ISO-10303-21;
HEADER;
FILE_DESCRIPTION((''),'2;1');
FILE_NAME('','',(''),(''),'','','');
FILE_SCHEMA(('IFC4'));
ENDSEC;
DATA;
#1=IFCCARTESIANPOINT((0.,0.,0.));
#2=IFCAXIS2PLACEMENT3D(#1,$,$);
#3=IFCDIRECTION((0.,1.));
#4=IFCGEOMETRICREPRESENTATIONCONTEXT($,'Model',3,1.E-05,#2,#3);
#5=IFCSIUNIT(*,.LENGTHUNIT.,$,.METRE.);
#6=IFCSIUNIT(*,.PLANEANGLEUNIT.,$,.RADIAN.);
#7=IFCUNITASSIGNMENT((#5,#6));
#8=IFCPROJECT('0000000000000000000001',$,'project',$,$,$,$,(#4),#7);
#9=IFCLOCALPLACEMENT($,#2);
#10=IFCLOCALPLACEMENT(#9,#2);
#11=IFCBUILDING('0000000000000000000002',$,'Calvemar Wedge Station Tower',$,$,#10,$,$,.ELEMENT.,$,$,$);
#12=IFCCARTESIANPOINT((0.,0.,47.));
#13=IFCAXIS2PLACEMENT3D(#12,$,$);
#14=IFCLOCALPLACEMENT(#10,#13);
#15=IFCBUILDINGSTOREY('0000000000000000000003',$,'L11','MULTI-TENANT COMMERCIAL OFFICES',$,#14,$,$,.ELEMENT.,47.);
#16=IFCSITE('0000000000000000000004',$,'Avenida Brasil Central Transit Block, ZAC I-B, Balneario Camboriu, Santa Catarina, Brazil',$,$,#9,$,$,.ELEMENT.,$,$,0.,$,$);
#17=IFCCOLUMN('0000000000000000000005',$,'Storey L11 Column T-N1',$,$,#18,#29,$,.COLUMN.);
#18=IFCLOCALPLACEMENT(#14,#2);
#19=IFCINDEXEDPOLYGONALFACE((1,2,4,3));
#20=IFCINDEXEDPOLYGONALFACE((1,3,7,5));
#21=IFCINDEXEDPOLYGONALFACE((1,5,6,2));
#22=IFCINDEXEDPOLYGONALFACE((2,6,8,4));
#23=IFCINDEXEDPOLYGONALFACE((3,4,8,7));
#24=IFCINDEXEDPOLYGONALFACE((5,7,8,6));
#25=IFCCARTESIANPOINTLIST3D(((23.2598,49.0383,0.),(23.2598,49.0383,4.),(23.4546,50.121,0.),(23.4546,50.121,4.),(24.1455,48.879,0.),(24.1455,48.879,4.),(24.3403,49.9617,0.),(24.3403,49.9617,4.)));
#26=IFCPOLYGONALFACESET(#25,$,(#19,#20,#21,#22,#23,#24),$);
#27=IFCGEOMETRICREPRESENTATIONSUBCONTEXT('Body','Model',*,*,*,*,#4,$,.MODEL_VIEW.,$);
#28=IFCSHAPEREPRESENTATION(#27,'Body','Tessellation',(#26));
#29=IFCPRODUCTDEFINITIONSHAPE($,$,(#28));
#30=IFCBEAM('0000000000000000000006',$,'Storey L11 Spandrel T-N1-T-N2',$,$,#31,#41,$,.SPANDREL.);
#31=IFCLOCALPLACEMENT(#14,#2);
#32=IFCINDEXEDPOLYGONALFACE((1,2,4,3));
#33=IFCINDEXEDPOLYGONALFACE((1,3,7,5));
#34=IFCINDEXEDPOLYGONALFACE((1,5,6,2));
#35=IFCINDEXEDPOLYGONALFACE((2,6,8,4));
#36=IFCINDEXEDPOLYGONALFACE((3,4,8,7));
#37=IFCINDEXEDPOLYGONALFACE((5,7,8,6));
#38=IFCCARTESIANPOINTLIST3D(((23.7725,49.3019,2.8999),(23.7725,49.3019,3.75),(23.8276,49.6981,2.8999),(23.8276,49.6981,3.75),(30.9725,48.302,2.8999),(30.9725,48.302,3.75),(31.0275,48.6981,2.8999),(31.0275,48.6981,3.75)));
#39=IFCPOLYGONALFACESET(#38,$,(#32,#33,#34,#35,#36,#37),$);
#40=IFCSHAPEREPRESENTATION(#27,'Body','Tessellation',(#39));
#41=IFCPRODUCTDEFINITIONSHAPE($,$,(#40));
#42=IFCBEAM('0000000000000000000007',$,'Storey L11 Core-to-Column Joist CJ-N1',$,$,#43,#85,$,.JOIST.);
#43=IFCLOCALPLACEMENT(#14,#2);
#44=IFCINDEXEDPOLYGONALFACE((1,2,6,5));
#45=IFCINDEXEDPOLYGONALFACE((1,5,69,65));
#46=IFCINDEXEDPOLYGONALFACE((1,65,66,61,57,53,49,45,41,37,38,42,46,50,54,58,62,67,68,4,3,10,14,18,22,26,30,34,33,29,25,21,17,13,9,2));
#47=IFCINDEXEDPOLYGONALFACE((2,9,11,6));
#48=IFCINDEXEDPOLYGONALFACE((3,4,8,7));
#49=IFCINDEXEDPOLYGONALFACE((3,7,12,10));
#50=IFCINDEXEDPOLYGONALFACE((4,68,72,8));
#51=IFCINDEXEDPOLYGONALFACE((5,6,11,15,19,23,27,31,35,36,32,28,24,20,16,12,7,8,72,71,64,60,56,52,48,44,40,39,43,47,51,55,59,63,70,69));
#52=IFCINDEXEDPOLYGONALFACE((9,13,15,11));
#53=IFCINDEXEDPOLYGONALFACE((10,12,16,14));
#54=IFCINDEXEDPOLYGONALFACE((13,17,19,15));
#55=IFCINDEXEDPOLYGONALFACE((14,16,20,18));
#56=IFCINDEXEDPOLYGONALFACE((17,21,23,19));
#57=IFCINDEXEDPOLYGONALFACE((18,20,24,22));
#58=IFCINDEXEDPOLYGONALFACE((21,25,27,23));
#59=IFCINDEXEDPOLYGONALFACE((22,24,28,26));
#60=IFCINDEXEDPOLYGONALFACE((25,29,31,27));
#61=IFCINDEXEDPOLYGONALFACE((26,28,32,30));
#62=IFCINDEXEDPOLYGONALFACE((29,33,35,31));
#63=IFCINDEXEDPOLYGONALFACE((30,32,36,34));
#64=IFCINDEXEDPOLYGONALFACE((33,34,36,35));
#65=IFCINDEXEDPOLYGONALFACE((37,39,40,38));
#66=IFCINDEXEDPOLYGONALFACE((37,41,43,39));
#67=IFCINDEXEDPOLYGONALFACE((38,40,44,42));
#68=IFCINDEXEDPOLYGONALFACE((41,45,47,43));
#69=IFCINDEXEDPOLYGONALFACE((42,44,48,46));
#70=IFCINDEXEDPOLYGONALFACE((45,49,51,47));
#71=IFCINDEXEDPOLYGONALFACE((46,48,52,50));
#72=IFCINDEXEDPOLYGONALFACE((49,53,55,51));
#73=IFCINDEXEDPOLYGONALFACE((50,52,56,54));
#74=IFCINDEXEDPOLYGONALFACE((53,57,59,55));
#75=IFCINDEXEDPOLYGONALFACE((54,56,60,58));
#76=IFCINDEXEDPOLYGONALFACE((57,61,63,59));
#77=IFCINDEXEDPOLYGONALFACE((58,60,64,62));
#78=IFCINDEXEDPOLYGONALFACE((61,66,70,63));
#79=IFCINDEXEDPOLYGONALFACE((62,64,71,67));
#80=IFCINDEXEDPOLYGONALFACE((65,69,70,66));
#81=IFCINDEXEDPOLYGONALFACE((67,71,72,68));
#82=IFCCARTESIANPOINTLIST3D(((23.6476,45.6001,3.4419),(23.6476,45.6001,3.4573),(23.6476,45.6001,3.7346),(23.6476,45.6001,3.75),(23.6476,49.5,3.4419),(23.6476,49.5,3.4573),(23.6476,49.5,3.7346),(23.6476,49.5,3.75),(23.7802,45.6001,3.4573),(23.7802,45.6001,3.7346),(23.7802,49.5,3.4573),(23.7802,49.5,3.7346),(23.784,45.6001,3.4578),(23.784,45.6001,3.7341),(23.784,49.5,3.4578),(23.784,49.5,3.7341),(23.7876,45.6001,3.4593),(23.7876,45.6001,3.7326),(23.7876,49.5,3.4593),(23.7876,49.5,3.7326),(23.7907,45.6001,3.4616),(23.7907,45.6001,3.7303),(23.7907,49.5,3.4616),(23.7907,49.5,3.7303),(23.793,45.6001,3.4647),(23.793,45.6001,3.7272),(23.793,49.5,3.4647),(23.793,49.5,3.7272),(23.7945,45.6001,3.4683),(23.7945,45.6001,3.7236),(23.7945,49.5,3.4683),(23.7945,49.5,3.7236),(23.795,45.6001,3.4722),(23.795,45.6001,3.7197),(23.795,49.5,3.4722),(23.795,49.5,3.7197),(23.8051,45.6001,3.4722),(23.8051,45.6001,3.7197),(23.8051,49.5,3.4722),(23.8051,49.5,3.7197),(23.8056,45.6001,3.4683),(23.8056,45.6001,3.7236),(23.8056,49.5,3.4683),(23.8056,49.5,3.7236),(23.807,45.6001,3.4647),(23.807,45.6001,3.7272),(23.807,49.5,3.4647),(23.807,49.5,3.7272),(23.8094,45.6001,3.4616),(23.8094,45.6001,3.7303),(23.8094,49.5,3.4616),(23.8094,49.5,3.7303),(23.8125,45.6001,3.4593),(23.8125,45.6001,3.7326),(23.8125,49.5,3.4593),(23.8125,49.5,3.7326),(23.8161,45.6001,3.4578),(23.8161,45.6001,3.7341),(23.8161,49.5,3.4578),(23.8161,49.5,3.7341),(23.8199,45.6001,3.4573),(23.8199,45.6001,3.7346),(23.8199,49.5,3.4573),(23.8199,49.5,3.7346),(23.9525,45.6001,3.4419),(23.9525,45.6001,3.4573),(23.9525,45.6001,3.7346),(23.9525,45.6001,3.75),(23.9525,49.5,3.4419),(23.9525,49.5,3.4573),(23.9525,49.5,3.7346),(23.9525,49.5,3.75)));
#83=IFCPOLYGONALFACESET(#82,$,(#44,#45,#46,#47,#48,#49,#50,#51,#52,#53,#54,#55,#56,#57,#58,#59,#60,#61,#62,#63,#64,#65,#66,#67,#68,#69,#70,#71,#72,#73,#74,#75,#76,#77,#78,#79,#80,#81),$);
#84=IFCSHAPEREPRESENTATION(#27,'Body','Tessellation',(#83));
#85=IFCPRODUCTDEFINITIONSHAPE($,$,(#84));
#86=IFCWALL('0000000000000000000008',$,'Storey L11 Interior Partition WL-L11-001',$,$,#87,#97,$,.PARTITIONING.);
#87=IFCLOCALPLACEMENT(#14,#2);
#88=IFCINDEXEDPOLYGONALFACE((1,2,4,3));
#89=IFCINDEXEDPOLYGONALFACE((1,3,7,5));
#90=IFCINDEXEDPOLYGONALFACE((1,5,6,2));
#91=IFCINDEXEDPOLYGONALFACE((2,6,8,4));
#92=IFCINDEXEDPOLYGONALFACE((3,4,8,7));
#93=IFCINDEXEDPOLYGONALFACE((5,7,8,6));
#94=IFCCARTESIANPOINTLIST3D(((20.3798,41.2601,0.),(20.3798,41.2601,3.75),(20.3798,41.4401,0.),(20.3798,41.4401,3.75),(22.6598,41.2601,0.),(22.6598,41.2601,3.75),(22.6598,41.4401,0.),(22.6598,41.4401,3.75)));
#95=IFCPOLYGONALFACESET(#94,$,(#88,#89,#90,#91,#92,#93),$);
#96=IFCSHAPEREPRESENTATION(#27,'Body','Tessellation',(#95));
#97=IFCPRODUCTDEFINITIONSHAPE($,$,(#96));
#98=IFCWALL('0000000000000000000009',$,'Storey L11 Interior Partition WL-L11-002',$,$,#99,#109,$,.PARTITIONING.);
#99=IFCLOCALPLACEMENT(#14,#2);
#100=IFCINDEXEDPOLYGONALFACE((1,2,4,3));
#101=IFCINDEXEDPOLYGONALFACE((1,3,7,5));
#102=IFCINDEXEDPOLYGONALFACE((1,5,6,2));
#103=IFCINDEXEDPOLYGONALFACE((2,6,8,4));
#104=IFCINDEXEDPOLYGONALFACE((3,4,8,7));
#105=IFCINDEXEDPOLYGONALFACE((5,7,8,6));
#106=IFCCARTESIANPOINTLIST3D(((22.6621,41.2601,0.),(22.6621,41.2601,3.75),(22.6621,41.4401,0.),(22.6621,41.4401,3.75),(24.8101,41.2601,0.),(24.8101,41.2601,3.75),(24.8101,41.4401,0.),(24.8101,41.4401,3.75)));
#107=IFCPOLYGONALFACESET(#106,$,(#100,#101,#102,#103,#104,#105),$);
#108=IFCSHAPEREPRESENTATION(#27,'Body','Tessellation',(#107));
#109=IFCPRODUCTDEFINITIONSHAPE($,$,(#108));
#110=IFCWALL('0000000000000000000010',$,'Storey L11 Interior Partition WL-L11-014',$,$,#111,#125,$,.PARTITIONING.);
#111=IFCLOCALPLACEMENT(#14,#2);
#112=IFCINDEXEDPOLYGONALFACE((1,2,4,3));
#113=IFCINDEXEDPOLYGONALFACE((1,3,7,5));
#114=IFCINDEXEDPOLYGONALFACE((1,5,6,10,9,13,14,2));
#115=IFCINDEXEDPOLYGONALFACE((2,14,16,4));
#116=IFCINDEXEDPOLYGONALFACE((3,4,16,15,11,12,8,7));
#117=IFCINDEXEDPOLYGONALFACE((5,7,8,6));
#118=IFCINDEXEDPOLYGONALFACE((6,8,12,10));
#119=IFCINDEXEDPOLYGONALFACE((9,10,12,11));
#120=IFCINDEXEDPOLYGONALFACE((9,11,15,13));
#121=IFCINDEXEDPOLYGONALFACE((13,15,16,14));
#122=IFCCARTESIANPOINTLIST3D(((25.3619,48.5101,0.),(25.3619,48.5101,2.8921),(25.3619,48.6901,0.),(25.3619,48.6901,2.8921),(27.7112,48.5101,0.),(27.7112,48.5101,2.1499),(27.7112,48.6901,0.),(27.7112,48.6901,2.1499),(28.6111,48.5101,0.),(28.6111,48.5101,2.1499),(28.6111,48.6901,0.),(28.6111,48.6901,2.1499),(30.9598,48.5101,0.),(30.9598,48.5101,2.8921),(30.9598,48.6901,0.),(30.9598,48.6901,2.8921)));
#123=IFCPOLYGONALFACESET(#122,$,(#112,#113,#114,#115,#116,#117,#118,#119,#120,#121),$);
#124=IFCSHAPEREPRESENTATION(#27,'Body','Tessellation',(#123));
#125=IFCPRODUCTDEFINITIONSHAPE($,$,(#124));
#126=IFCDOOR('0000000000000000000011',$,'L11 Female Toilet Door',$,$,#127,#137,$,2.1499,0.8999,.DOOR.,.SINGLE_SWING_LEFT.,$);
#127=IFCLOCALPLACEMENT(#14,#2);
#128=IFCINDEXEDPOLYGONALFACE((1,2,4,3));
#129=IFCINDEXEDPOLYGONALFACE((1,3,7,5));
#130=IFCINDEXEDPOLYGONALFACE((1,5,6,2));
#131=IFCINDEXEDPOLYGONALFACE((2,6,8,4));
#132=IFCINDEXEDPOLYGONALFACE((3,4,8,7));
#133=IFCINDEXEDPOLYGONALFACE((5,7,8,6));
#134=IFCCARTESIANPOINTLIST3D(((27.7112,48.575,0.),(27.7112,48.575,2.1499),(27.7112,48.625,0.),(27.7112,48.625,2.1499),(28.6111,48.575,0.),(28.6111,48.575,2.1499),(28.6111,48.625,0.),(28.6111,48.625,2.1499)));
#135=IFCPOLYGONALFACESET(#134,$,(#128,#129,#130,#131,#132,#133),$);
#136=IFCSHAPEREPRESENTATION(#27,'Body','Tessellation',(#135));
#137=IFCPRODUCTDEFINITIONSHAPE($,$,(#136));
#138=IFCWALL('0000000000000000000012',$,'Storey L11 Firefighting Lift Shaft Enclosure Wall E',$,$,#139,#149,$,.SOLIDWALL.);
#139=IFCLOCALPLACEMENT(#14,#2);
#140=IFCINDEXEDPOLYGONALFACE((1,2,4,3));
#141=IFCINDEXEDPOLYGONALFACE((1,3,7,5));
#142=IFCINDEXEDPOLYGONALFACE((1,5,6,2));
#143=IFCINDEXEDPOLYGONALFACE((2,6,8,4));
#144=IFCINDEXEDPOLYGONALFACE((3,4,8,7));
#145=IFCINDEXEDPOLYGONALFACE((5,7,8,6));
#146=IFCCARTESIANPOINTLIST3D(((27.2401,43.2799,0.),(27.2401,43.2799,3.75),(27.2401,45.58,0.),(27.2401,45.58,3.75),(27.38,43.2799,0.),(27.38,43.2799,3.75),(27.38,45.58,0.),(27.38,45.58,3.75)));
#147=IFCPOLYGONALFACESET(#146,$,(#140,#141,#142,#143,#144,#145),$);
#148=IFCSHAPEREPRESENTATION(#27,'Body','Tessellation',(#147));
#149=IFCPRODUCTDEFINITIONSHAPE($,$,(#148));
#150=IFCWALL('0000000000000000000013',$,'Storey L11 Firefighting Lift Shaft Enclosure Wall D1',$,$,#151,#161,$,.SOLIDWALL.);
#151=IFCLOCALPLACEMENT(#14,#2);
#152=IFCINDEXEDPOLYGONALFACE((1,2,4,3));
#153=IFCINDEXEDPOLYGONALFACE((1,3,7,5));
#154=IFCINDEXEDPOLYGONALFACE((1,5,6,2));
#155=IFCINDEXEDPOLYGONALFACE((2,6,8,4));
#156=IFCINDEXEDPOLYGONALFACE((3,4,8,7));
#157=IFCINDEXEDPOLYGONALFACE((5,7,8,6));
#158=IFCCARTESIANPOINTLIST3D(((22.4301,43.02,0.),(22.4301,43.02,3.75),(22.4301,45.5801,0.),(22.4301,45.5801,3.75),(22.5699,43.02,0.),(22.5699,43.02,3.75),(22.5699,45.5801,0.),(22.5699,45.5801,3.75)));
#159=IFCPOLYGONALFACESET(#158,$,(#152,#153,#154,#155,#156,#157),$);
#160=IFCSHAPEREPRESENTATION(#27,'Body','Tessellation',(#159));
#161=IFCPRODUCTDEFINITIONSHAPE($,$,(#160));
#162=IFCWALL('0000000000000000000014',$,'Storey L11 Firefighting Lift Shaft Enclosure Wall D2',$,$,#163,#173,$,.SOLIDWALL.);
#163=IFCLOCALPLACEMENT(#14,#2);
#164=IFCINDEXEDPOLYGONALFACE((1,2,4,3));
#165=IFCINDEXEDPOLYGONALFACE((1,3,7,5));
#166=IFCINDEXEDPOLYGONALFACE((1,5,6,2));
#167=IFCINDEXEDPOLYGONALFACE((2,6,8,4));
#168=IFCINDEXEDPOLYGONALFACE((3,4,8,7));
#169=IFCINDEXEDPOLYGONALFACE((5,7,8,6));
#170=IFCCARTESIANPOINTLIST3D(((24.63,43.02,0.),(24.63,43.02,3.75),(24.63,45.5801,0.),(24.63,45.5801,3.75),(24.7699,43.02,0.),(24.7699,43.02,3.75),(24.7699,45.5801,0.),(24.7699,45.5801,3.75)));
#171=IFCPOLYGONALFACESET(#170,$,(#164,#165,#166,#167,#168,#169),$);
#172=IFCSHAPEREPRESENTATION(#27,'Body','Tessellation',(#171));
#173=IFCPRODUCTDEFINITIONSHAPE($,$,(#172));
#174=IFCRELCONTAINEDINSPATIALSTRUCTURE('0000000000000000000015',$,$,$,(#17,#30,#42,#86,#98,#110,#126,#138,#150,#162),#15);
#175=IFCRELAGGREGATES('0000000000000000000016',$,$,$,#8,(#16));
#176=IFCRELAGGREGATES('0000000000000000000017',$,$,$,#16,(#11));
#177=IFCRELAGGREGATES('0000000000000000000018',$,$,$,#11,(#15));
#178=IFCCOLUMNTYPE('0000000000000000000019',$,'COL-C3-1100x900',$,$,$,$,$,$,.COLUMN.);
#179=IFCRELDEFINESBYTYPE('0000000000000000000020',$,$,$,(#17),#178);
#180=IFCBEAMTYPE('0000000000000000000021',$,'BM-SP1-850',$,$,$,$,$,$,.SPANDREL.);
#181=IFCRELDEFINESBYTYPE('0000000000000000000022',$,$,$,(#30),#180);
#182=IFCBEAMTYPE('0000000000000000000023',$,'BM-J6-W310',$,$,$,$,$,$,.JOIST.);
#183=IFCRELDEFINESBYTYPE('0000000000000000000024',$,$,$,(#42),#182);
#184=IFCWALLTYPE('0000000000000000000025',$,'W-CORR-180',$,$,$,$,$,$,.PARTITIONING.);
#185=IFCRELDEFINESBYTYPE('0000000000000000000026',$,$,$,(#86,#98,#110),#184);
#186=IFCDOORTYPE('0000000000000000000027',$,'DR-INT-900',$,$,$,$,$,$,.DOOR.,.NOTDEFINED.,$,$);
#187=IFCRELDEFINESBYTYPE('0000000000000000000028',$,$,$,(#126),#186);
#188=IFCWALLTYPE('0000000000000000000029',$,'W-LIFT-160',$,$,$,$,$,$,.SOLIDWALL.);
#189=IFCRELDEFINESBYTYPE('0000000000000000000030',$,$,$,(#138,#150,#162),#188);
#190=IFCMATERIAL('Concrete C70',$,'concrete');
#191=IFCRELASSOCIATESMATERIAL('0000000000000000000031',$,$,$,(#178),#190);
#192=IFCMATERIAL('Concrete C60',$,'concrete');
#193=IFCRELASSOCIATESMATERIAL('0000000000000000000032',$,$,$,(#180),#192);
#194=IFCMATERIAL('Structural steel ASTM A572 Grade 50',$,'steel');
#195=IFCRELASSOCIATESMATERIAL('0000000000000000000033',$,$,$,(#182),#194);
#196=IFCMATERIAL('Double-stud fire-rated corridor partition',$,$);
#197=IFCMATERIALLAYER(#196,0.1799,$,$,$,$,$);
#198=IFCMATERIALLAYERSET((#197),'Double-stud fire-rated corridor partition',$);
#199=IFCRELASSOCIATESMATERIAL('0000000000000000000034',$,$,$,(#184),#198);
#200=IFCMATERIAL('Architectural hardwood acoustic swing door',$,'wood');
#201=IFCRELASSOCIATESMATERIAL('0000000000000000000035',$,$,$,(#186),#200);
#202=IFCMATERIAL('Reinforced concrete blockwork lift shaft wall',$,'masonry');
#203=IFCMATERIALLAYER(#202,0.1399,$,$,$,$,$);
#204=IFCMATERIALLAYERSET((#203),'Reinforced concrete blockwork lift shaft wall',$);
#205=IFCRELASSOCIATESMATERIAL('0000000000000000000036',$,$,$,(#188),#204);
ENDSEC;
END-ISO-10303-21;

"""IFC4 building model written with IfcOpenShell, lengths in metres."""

from ifc_helpers import new_model, si_unit, direction, frame, frame_2d, origin, origin_2d, place, context, subcontext, project, spatial, rectangle, i_section, extrude, source, transform, mapped, material, layer, layer_set, material_profile, profile_set, type_object, element, fill, save


model = new_model("IFC4")

# Units and contexts
model_context = context("Model", 3, precision=1e-05, world=origin(), true_north=direction((0.0, 1.0)))
body_context = subcontext(model_context, "Body", "Model", "MODEL_VIEW")
ifc_project = project(units=[si_unit("LENGTHUNIT", "METRE"), si_unit("PLANEANGLEUNIT", "RADIAN")], contexts=[model_context])

# Site, building, storey
site_placement = place(None, origin())
site = spatial("IfcSite", under=ifc_project, at=site_placement, Name="Avenida Brasil Central Transit Block, ZAC I-B, Balneario Camboriu, Santa Catarina, Brazil", CompositionType="ELEMENT", RefElevation=0.0)
building_placement = place(site_placement, origin())
building = spatial("IfcBuilding", under=site, at=building_placement, Name="Calvemar Wedge Station Tower", CompositionType="ELEMENT")
storey_placement = place(building_placement, frame((0.0, 0.0, 47.0)))
storey = spatial("IfcBuildingStorey", under=building, at=storey_placement, Name="L11", Description="MULTI-TENANT COMMERCIAL OFFICES", CompositionType="ELEMENT", Elevation=47.0)

# Column
ifc_material_1 = material(Name="Concrete C70", Category="concrete")
ifc_material_profile_1 = material_profile(ifc_material_1, rectangle(XDim=0.8999, YDim=1.1001, at=origin_2d()), Name="RC1100x900")
ifc_profile_set_1 = profile_set([ifc_material_profile_1], Name="Concrete C70")
column_type = type_object("IfcColumnType", Name="COL-C3-1100x900", PredefinedType="COLUMN", material=ifc_profile_set_1)
shared_shape_1 = source(origin(), body_context, "Body", "SweptSolid", [
    extrude(rectangle(XDim=0.8999, YDim=1.1001, at=origin_2d()), origin(), (0.0, 0.0, 1.0), 4.0),
])
column_placement = place(storey_placement, frame((23.8, 49.5, 0.0), z_axis=(0.0, 0.0, 1.0), x_axis=(0.984196, -0.177085, 0.0)))
element("IfcColumn", 1, at=column_placement, inside=storey, type_object=column_type, Name="Storey L11 Column T-N1", PredefinedType="COLUMN", context=body_context, shape_type="MappedRepresentation", body=[
    mapped(shared_shape_1, transform((0.0, 0.0, 0.0), scale=1.0)),
])

# Beams
ifc_material_2 = material(Name="Concrete C60", Category="concrete")
ifc_material_profile_2 = material_profile(ifc_material_2, rectangle(XDim=0.3999, YDim=0.8501, at=origin_2d()), Name="RC400x850")
ifc_profile_set_2 = profile_set([ifc_material_profile_2], Name="Concrete C60")
beam_type_1 = type_object("IfcBeamType", Name="BM-SP1-850", PredefinedType="SPANDREL", material=ifc_profile_set_2)
shared_shape_2 = source(origin(), body_context, "Body", "SweptSolid", [
    extrude(rectangle(XDim=0.3999, YDim=0.8501, at=origin_2d()), origin(), (0.0, 0.0, 1.0), 7.269),
])
beam_1_placement = place(storey_placement, frame((23.8, 49.5, 3.325), z_axis=(0.990492, -0.137569, 0.0), x_axis=(0.137569, 0.990492, 0.0)))
element("IfcBeam", 2, at=beam_1_placement, inside=storey, type_object=beam_type_1, Name="Storey L11 Spandrel T-N1-T-N2", PredefinedType="SPANDREL", context=body_context, shape_type="MappedRepresentation", body=[
    mapped(shared_shape_2, transform((0.0, 0.0, 0.0), scale=1.0)),
])
ifc_material_3 = material(Name="Structural steel ASTM A572 Grade 50", Category="steel")
ifc_material_profile_3 = material_profile(ifc_material_3, i_section(OverallWidth=0.3049, OverallDepth=0.3081, WebThickness=0.01, FlangeThickness=0.0154, FilletRadius=0.0149, at=origin_2d()), Name="W310x97")
ifc_profile_set_3 = profile_set([ifc_material_profile_3], Name="Structural steel ASTM A572 Grade 50")
beam_type_2 = type_object("IfcBeamType", Name="BM-J6-W310", PredefinedType="JOIST", material=ifc_profile_set_3)
shared_shape_3 = source(origin(), body_context, "Body", "SweptSolid", [
    extrude(i_section(OverallWidth=0.3049, OverallDepth=0.3081, WebThickness=0.01, FlangeThickness=0.0154, FilletRadius=0.0149, at=origin_2d()), origin(), (0.0, 0.0, 1.0), 3.8999),
])
beam_2_placement = place(storey_placement, frame((23.8, 45.6001, 3.5959), z_axis=(0.0, 1.0, 0.0), x_axis=(-1.0, 0.0, 0.0)))
element("IfcBeam", 3, at=beam_2_placement, inside=storey, type_object=beam_type_2, Name="Storey L11 Core-to-Column Joist CJ-N1", PredefinedType="JOIST", context=body_context, shape_type="MappedRepresentation", body=[
    mapped(shared_shape_3, transform((0.0, 0.0, 0.0), scale=1.0)),
])

# Walls
ifc_material_4 = material(Name="Double-stud fire-rated corridor partition")
ifc_layer_1 = layer(ifc_material_4, 0.1799)
ifc_layer_set_1 = layer_set([ifc_layer_1], Name="Double-stud fire-rated corridor partition")
wall_type_1 = type_object("IfcWallType", Name="W-CORR-180", PredefinedType="PARTITIONING", material=ifc_layer_set_1)
wall_1_placement = place(storey_placement, frame((22.6599, 41.3501, 0.0), z_axis=(0.0, 0.0, 1.0), x_axis=(-1.0, 0.0, 0.0)))
element("IfcWall", 4, at=wall_1_placement, inside=storey, type_object=wall_type_1, Name="Storey L11 Interior Partition WL-L11-001", PredefinedType="PARTITIONING", context=body_context, shape_type="SweptSolid", body=[
    extrude(rectangle(XDim=2.28, YDim=0.1799, at=frame_2d((1.1401, 0.0))), origin(), (0.0, 0.0, 1.0), 3.75),
])
wall_2_placement = place(storey_placement, frame((24.8101, 41.3501, 0.0), z_axis=(0.0, 0.0, 1.0), x_axis=(-1.0, 0.0, 0.0)))
element("IfcWall", 5, at=wall_2_placement, inside=storey, type_object=wall_type_1, Name="Storey L11 Interior Partition WL-L11-002", PredefinedType="PARTITIONING", context=body_context, shape_type="SweptSolid", body=[
    extrude(rectangle(XDim=2.1479, YDim=0.1799, at=frame_2d((1.074, 0.0))), origin(), (0.0, 0.0, 1.0), 3.75),
])

# Wall, opening, door
wall_3_placement = place(storey_placement, frame((25.3621, 48.6001, 0.0), z_axis=(0.0, 0.0, 1.0), x_axis=(1.0, 0.0, 0.0)))
wall_3 = element("IfcWall", 6, at=wall_3_placement, inside=storey, type_object=wall_type_1, Name="Storey L11 Interior Partition WL-L11-014", PredefinedType="PARTITIONING", context=body_context, shape_type="SweptSolid", body=[
    extrude(rectangle(XDim=5.5979, YDim=0.1799, at=frame_2d((2.7988, 0.0))), origin(), (0.0, 0.0, 1.0), 2.8921),
])
shared_shape_4 = source(origin(), body_context, "Body", "SweptSolid", [
    extrude(rectangle(XDim=0.8999, YDim=2.1499, at=frame_2d((0.45, 1.075))), frame((0.0, 0.1001, 0.0), z_axis=(0.0, -1.0, 0.0), x_axis=(1.0, 0.0, 0.0)), (0.0, 0.0, 1.0), 0.2),
])
opening_1_placement = place(wall_3_placement, frame((2.3491, 0.0, 0.0)))
opening_1 = element("IfcOpeningElement", 7, at=opening_1_placement, cuts=wall_3, PredefinedType="OPENING", context=body_context, shape_type="MappedRepresentation", body=[
    mapped(shared_shape_4, transform((0.0, 0.0, 0.0), scale=1.0)),
])
ifc_material_5 = material(Name="Architectural hardwood acoustic swing door", Category="wood")
door_type_1 = type_object("IfcDoorType", Name="DR-INT-900", OperationType="NOTDEFINED", PredefinedType="DOOR", material=ifc_material_5)
shared_shape_5 = source(origin(), body_context, "Body", "SweptSolid", [
    extrude(rectangle(XDim=0.8999, YDim=2.1499, at=frame_2d((0.45, 1.075))), frame((0.0, 0.0249, 0.0), z_axis=(0.0, -1.0, 0.0), x_axis=(1.0, 0.0, 0.0)), (0.0, 0.0, 1.0), 0.05),
])
door_1_placement = place(opening_1_placement, origin())
door_1 = element("IfcDoor", 8, at=door_1_placement, inside=storey, type_object=door_type_1, Name="L11 Female Toilet Door", OperationType="SINGLE_SWING_LEFT", OverallHeight=2.1499, OverallWidth=0.8999, PredefinedType="DOOR", context=body_context, shape_type="MappedRepresentation", body=[
    mapped(shared_shape_5, transform((0.0, 0.0, 0.0), scale=1.0)),
])
fill(opening_1, door_1)

# Walls
ifc_material_6 = material(Name="Reinforced concrete blockwork lift shaft wall", Category="masonry")
ifc_layer_2 = layer(ifc_material_6, 0.1399)
ifc_layer_set_2 = layer_set([ifc_layer_2], Name="Reinforced concrete blockwork lift shaft wall")
wall_type_2 = type_object("IfcWallType", Name="W-LIFT-160", PredefinedType="SOLIDWALL", material=ifc_layer_set_2)
wall_4_placement = place(storey_placement, frame((27.3101, 43.28, 0.0), z_axis=(0.0, 0.0, 1.0), x_axis=(0.0, 1.0, 0.0)))
element("IfcWall", 9, at=wall_4_placement, inside=storey, type_object=wall_type_2, Name="Storey L11 Firefighting Lift Shaft Enclosure Wall E", PredefinedType="SOLIDWALL", context=body_context, shape_type="SweptSolid", body=[
    extrude(rectangle(XDim=2.3, YDim=0.1399, at=frame_2d((1.1499, 0.0))), origin(), (0.0, 0.0, 1.0), 3.75),
])
for number, where, z_axis, x_axis, name in (
    (10, (22.5, 43.02, 0.0), (0.0, 0.0, 1.0), (0.0, 1.0, 0.0), "Storey L11 Firefighting Lift Shaft Enclosure Wall D1"),
    (11, (24.7, 43.02, 0.0), (0.0, 0.0, 1.0), (0.0, 1.0, 0.0), "Storey L11 Firefighting Lift Shaft Enclosure Wall D2"),
):
    element("IfcWall", number, at=place(storey_placement, frame(where, z_axis=z_axis, x_axis=x_axis)), inside=storey, type_object=wall_type_2, Name=name, PredefinedType="SOLIDWALL", context=body_context, shape_type="SweptSolid", body=[
        extrude(rectangle(XDim=2.5601, YDim=0.1399, at=frame_2d((1.28, 0.0))), origin(), (0.0, 0.0, 1.0), 3.75),
    ])

save(model, "model.ifc")
